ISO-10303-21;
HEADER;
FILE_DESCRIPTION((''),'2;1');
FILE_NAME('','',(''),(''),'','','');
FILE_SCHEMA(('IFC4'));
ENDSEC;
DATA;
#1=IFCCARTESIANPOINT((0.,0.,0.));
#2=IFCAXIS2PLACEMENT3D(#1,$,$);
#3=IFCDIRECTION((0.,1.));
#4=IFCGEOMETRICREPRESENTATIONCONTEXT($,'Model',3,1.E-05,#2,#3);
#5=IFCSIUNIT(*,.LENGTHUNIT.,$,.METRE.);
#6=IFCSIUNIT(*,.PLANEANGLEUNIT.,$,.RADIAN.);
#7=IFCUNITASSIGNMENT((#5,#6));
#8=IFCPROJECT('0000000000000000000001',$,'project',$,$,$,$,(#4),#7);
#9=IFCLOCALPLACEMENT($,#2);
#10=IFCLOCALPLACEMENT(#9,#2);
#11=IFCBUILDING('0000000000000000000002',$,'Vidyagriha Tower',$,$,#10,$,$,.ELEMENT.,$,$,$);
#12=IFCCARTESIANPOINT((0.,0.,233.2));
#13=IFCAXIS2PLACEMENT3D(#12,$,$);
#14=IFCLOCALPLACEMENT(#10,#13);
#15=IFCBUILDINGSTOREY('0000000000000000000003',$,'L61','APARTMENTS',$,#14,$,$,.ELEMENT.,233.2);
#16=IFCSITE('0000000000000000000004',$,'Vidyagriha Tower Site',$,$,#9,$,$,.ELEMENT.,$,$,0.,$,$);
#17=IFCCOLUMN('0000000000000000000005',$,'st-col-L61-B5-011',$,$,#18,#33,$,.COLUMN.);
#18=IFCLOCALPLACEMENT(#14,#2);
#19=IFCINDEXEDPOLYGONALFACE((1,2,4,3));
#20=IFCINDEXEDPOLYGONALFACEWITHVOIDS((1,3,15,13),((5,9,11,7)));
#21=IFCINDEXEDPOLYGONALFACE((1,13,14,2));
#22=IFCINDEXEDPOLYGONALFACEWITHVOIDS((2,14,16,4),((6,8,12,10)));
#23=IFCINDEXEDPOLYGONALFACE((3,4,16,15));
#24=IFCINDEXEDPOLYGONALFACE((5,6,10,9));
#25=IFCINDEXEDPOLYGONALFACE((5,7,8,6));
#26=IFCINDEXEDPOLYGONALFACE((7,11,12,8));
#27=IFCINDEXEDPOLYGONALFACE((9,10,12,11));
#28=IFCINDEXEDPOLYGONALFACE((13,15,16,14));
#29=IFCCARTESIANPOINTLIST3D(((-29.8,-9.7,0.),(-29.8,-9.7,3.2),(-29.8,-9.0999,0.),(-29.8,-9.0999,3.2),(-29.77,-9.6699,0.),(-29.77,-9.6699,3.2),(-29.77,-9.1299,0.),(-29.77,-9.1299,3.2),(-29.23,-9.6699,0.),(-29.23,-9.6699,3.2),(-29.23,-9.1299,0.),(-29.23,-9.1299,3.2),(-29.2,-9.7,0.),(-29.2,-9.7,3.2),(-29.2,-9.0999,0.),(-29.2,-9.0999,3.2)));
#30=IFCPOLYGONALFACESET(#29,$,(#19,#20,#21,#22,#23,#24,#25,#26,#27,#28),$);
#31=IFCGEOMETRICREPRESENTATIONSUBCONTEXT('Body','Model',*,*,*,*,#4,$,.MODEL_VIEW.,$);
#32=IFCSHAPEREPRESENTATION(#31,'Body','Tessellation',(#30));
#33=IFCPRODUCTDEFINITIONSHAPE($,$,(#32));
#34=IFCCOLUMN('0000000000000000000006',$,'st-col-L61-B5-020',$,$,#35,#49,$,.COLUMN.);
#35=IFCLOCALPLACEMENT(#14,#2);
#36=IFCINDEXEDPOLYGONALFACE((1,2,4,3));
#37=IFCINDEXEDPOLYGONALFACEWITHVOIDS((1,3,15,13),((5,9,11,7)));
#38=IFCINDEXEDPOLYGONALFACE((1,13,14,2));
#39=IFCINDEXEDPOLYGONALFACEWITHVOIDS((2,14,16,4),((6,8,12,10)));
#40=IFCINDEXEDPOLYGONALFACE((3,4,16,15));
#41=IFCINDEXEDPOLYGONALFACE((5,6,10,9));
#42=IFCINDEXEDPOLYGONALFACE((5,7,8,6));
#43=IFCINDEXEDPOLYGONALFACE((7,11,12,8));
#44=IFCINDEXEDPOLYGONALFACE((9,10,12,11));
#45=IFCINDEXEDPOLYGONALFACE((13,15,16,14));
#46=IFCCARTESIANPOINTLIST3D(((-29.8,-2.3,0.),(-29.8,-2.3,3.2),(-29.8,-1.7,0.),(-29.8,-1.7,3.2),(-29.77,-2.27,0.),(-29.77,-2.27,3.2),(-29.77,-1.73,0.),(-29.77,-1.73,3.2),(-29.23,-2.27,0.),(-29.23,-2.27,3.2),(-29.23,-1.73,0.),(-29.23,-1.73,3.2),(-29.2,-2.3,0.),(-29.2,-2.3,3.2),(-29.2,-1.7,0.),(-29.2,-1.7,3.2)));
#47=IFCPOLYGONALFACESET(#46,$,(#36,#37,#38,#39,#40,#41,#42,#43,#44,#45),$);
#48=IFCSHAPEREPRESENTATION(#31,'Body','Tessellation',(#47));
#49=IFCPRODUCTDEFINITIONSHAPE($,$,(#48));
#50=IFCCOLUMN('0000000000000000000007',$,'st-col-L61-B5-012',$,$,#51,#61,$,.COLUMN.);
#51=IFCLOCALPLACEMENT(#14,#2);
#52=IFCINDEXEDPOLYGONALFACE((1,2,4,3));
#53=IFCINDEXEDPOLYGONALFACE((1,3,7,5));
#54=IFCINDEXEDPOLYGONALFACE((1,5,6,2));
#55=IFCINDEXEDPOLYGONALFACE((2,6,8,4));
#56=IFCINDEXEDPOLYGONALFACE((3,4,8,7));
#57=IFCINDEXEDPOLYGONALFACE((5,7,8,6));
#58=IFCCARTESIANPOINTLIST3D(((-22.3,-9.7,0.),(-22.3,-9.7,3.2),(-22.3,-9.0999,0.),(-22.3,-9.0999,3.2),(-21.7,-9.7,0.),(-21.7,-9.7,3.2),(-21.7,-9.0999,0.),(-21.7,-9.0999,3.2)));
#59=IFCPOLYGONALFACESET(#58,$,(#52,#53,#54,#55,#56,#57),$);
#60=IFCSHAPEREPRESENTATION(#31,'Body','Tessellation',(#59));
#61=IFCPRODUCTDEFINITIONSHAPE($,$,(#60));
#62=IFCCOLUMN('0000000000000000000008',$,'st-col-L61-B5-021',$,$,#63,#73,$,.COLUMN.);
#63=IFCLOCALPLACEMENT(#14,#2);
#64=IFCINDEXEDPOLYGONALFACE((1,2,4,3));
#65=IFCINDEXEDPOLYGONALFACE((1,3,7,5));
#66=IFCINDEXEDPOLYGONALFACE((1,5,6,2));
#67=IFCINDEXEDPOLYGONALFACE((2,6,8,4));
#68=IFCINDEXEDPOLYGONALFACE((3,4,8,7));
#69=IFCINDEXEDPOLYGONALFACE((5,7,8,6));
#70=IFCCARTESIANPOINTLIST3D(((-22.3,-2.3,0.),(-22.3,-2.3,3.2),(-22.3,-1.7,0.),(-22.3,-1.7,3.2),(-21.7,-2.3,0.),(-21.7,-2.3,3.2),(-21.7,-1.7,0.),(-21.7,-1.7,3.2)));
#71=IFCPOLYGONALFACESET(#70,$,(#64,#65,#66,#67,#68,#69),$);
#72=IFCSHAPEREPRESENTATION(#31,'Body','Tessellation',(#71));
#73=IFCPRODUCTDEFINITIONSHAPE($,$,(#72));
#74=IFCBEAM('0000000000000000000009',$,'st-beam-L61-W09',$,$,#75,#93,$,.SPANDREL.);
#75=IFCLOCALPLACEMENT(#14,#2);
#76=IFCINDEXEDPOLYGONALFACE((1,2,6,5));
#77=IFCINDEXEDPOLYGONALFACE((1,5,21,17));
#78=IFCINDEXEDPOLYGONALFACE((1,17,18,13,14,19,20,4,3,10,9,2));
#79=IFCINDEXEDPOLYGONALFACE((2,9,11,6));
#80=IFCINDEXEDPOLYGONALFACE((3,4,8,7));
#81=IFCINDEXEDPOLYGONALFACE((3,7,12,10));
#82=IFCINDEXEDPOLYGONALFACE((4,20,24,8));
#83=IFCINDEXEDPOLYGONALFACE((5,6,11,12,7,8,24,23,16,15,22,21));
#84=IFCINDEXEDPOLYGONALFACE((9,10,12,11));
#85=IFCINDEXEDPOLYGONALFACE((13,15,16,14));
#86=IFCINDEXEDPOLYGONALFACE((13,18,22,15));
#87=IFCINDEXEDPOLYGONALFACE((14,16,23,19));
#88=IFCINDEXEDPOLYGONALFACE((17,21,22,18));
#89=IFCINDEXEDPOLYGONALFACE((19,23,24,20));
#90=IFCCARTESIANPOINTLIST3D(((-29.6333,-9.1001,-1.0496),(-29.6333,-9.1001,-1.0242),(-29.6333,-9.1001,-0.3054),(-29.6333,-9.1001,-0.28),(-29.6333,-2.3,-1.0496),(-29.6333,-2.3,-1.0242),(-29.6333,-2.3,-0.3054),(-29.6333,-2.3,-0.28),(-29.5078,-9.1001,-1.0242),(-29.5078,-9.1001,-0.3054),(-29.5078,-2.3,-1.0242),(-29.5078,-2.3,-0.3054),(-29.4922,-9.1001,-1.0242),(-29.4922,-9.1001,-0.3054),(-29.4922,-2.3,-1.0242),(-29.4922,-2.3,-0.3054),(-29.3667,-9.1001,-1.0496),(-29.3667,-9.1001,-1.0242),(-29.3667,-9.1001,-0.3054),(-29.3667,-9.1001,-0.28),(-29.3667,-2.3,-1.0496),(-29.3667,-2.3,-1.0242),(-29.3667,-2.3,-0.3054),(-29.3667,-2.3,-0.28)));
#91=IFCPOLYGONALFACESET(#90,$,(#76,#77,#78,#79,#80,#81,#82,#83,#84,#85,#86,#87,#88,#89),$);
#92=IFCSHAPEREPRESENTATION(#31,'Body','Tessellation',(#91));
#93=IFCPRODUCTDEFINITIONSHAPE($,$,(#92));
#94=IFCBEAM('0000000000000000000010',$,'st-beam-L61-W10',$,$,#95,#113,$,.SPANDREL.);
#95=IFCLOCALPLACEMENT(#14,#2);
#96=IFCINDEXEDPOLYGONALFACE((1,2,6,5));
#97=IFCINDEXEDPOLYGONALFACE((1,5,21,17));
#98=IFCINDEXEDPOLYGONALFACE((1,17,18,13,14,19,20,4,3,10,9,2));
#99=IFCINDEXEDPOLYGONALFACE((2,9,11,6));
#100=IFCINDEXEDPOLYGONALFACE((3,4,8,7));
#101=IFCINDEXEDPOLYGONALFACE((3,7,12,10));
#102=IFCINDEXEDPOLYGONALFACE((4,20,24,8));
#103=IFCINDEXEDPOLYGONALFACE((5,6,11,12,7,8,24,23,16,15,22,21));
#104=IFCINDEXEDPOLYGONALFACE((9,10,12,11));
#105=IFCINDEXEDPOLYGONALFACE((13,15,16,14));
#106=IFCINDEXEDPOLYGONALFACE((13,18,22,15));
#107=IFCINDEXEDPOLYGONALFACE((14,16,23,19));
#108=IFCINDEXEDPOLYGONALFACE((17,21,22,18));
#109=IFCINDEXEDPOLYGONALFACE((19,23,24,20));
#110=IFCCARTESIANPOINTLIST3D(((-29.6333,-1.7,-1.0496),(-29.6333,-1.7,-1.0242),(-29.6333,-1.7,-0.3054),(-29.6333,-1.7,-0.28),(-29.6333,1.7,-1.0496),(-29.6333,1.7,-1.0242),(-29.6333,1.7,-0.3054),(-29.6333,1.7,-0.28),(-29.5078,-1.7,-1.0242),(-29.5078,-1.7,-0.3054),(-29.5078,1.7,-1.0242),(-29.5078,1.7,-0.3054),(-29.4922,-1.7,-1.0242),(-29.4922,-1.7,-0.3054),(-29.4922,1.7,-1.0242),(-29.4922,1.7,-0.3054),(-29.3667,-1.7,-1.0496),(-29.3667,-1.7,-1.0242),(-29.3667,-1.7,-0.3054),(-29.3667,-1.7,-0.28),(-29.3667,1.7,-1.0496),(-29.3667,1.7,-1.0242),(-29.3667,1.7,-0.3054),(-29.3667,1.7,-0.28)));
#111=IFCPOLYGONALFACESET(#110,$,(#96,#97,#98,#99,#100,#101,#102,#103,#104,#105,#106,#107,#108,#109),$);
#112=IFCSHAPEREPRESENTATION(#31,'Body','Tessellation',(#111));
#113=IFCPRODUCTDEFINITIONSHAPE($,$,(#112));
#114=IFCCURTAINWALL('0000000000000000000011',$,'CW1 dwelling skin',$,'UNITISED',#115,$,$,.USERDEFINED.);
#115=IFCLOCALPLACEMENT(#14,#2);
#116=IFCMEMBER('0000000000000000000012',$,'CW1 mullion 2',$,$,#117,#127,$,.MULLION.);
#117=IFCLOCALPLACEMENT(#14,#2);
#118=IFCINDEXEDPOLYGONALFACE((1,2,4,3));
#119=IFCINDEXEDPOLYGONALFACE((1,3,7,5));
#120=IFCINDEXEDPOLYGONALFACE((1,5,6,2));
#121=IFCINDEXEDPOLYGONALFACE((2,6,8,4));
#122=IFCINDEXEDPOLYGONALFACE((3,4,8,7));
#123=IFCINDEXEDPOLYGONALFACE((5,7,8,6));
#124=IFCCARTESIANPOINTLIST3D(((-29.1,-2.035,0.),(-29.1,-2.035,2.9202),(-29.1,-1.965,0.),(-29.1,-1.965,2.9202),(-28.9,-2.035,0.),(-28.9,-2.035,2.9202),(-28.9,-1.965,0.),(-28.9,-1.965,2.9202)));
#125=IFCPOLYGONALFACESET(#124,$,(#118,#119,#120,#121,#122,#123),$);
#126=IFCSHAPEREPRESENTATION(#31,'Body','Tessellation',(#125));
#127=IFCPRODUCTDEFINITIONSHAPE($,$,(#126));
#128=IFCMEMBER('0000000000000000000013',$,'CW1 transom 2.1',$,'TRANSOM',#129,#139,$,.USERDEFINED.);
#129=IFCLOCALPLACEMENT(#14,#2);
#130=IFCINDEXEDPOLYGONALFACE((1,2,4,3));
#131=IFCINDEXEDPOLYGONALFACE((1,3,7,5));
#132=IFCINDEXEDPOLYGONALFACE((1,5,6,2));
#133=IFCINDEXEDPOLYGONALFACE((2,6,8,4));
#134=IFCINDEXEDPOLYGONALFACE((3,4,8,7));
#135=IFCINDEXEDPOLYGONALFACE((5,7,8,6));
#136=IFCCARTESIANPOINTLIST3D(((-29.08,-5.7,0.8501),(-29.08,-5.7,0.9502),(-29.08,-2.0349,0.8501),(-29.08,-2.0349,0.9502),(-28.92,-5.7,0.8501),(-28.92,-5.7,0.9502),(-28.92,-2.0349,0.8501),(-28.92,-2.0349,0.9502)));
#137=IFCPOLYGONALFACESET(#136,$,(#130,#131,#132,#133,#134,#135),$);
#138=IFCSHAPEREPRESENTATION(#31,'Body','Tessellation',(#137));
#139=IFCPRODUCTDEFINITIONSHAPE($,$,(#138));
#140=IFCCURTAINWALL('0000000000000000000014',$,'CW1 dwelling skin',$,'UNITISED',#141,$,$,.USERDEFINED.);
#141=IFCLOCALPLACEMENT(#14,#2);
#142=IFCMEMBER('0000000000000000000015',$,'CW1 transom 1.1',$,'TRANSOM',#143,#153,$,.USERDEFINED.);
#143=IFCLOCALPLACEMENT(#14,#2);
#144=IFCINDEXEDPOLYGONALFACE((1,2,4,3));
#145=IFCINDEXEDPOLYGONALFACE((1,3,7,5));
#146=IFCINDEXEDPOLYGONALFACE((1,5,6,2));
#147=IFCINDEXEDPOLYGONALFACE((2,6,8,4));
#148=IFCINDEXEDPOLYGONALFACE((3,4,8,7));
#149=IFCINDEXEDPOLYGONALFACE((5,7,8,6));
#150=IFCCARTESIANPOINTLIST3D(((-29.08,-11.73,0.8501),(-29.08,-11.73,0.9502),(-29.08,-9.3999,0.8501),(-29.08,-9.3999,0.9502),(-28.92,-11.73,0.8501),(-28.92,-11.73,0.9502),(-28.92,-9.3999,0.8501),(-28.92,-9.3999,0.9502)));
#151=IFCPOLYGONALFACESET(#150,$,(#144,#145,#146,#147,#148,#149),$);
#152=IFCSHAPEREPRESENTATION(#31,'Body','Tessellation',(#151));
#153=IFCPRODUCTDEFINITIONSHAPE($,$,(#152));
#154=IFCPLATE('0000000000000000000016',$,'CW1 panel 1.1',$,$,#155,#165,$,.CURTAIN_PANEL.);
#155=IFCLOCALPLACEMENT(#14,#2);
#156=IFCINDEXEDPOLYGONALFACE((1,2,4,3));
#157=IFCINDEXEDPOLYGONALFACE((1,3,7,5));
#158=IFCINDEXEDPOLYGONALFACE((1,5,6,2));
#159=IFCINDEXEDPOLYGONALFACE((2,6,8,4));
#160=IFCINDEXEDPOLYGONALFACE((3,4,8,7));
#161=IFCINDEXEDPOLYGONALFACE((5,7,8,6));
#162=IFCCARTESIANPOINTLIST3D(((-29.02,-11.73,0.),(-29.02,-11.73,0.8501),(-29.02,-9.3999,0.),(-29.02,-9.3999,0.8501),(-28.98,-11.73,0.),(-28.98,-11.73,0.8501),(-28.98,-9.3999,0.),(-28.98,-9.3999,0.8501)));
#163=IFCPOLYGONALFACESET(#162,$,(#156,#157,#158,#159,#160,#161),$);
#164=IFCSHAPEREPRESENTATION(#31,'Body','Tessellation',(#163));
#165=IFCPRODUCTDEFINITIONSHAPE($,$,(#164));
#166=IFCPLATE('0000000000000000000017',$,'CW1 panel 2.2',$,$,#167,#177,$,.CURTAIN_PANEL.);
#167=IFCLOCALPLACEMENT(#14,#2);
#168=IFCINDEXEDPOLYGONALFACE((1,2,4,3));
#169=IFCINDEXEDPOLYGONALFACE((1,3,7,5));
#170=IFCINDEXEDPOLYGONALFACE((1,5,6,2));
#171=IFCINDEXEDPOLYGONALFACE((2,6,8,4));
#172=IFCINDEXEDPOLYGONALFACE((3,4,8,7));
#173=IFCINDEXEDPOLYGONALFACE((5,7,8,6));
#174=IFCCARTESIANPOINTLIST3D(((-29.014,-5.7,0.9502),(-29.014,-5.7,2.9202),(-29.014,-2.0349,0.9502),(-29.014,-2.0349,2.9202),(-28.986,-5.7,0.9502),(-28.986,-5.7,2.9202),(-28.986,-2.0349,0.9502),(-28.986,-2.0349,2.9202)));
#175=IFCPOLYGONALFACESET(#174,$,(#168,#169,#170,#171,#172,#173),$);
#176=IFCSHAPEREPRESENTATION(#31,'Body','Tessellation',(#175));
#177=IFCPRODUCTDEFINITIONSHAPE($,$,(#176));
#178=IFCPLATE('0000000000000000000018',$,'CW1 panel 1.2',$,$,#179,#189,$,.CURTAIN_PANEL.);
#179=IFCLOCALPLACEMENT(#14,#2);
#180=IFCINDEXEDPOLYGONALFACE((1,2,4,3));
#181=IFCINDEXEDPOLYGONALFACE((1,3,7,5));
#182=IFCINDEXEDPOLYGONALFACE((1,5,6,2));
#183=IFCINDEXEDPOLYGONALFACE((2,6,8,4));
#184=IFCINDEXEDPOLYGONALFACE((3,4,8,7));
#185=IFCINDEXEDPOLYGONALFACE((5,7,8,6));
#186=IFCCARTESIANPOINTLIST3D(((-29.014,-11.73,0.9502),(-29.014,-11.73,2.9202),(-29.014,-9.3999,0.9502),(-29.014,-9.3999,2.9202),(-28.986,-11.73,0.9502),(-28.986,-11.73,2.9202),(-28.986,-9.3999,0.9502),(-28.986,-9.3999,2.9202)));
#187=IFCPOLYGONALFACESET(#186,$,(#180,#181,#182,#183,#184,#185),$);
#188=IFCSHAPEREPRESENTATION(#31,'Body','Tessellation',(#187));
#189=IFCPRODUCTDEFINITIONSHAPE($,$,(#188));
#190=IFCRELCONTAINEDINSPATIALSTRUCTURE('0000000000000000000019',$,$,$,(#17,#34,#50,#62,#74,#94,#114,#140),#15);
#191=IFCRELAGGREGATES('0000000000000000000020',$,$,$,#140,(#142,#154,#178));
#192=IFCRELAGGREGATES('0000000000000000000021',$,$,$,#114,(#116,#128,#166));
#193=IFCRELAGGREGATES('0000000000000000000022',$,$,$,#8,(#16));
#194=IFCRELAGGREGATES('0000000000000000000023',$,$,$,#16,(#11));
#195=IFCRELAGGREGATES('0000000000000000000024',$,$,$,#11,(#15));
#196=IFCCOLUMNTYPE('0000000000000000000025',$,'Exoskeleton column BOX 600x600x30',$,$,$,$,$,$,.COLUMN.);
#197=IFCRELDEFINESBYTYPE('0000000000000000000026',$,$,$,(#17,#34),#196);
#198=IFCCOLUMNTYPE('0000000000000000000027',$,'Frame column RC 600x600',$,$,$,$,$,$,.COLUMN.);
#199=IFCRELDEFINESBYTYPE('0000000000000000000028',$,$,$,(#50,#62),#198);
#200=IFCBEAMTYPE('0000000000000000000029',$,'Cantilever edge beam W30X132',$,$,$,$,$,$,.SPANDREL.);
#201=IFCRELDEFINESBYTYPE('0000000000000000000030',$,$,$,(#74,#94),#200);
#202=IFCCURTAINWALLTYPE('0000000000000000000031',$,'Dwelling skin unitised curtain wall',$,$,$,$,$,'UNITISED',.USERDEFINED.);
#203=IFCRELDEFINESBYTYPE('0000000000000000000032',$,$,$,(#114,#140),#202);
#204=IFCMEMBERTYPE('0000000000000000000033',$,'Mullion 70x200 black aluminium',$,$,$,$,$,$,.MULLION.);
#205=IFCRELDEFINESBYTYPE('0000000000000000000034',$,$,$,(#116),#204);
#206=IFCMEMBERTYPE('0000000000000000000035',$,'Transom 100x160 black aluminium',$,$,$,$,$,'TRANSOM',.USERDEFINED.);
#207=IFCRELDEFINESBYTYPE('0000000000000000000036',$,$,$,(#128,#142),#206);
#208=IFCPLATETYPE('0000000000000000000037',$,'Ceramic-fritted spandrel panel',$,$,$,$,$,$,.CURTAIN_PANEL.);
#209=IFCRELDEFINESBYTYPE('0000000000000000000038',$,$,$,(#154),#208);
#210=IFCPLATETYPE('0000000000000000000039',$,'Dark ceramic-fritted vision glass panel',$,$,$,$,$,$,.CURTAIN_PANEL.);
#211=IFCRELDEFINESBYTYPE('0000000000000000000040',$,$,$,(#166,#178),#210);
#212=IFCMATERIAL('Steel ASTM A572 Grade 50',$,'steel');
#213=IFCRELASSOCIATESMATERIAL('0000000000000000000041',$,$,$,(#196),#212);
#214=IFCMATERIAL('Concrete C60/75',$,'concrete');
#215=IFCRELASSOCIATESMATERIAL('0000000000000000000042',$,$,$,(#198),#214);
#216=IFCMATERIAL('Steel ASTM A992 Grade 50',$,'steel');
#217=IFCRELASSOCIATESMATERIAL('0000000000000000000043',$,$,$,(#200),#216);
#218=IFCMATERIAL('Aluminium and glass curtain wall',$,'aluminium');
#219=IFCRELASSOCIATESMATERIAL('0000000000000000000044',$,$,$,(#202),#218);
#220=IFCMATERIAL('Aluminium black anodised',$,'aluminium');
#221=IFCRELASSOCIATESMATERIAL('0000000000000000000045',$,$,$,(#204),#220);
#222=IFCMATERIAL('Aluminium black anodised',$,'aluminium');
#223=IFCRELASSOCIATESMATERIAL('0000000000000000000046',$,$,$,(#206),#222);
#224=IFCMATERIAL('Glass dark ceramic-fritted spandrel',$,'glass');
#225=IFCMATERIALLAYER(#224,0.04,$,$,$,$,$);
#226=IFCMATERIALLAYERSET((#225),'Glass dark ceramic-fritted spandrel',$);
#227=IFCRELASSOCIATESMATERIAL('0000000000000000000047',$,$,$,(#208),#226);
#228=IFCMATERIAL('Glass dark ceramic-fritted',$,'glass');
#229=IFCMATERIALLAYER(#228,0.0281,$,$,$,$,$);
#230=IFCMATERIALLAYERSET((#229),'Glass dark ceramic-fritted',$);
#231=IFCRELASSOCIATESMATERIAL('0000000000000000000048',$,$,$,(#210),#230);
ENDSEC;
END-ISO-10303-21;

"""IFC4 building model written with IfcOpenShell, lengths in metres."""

from ifc_helpers import new_model, si_unit, direction, frame, origin, origin_2d, place, context, subcontext, project, spatial, rectangle, hollow_rectangle, i_section, extrude, material, layer, layer_set, material_profile, profile_set, type_object, element, aggregate, save


model = new_model("IFC4")

# Units and contexts
model_context = context("Model", 3, precision=1e-05, world=origin(), true_north=direction((0.0, 1.0)))
body_context = subcontext(model_context, "Body", "Model", "MODEL_VIEW")
ifc_project = project(units=[si_unit("LENGTHUNIT", "METRE"), si_unit("PLANEANGLEUNIT", "RADIAN")], contexts=[model_context])

# Site, building, storey
site_placement = place(None, origin())
site = spatial("IfcSite", under=ifc_project, at=site_placement, Name="Vidyagriha Tower Site", CompositionType="ELEMENT", RefElevation=0.0)
building_placement = place(site_placement, origin())
building = spatial("IfcBuilding", under=site, at=building_placement, Name="Vidyagriha Tower", CompositionType="ELEMENT")
storey_placement = place(building_placement, frame((0.0, 0.0, 233.2)))
storey = spatial("IfcBuildingStorey", under=building, at=storey_placement, Name="L61", Description="APARTMENTS", CompositionType="ELEMENT", Elevation=233.2)

# Columns
ifc_material_1 = material(Name="Steel ASTM A572 Grade 50", Category="steel")
ifc_material_profile_1 = material_profile(ifc_material_1, hollow_rectangle(XDim=0.6001, YDim=0.6001, WallThickness=0.03, at=origin_2d()), Name="BOX 600x600x30")
ifc_profile_set_1 = profile_set([ifc_material_profile_1], Name="Steel ASTM A572 Grade 50")
column_type_1 = type_object("IfcColumnType", Name="Exoskeleton column BOX 600x600x30", PredefinedType="COLUMN", material=ifc_profile_set_1)
for number, where, name in (
    (1, (-29.5, -9.3999, 0.0), "st-col-L61-B5-011"),
    (2, (-29.5, -2.0, 0.0), "st-col-L61-B5-020"),
):
    element("IfcColumn", number, at=place(storey_placement, frame(where)), inside=storey, type_object=column_type_1, Name=name, PredefinedType="COLUMN", context=body_context, shape_type="SweptSolid", body=[
        extrude(hollow_rectangle(XDim=0.6001, YDim=0.6001, WallThickness=0.03, at=origin_2d()), origin(), (0.0, 0.0, 1.0), 3.2),
    ])
ifc_material_2 = material(Name="Concrete C60/75", Category="concrete")
ifc_material_profile_2 = material_profile(ifc_material_2, rectangle(XDim=0.6001, YDim=0.6001, at=origin_2d()), Name="RC 600x600")
ifc_profile_set_2 = profile_set([ifc_material_profile_2], Name="Concrete C60/75")
column_type_2 = type_object("IfcColumnType", Name="Frame column RC 600x600", PredefinedType="COLUMN", material=ifc_profile_set_2)
for number, where, name in (
    (3, (-22.0, -9.3999, 0.0), "st-col-L61-B5-012"),
    (4, (-22.0, -2.0, 0.0), "st-col-L61-B5-021"),
):
    element("IfcColumn", number, at=place(storey_placement, frame(where)), inside=storey, type_object=column_type_2, Name=name, PredefinedType="COLUMN", context=body_context, shape_type="SweptSolid", body=[
        extrude(rectangle(XDim=0.6001, YDim=0.6001, at=origin_2d()), origin(), (0.0, 0.0, 1.0), 3.2),
    ])

# Beams
ifc_material_3 = material(Name="Steel ASTM A992 Grade 50", Category="steel")
ifc_material_profile_3 = material_profile(ifc_material_3, i_section(OverallWidth=0.2666, OverallDepth=0.7695, WebThickness=0.0156, FlangeThickness=0.0254, at=origin_2d()), Name="W30X132")
ifc_profile_set_3 = profile_set([ifc_material_profile_3], Name="Steel ASTM A992 Grade 50")
beam_type = type_object("IfcBeamType", Name="Cantilever edge beam W30X132", PredefinedType="SPANDREL", material=ifc_profile_set_3)
beam_1_placement = place(storey_placement, frame((-29.5, -9.1001, -0.6648), z_axis=(0.0, 1.0, 0.0), x_axis=(-1.0, 0.0, 0.0)))
element("IfcBeam", 5, at=beam_1_placement, inside=storey, type_object=beam_type, Name="st-beam-L61-W09", PredefinedType="SPANDREL", context=body_context, shape_type="SweptSolid", body=[
    extrude(i_section(OverallWidth=0.2666, OverallDepth=0.7695, WebThickness=0.0156, FlangeThickness=0.0254, at=origin_2d()), origin(), (0.0, 0.0, 1.0), 6.8),
])
beam_2_placement = place(storey_placement, frame((-29.5, -1.7, -0.6648), z_axis=(0.0, 1.0, 0.0), x_axis=(-1.0, 0.0, 0.0)))
element("IfcBeam", 6, at=beam_2_placement, inside=storey, type_object=beam_type, Name="st-beam-L61-W10", PredefinedType="SPANDREL", context=body_context, shape_type="SweptSolid", body=[
    extrude(i_section(OverallWidth=0.2666, OverallDepth=0.7695, WebThickness=0.0156, FlangeThickness=0.0254, at=origin_2d()), origin(), (0.0, 0.0, 1.0), 3.3999),
])

# Curtain wall, members
ifc_material_4 = material(Name="Aluminium and glass curtain wall", Category="aluminium")
curtain_wall_type = type_object("IfcCurtainWallType", Name="Dwelling skin unitised curtain wall", ElementType="UNITISED", PredefinedType="USERDEFINED", material=ifc_material_4)
curtain_wall_1_placement = place(storey_placement, origin())
curtain_wall_1 = element("IfcCurtainWall", 7, at=curtain_wall_1_placement, inside=storey, type_object=curtain_wall_type, Name="CW1 dwelling skin", ObjectType="UNITISED", PredefinedType="USERDEFINED")
ifc_material_5 = material(Name="Aluminium black anodised", Category="aluminium")
ifc_material_profile_4 = material_profile(ifc_material_5, rectangle(XDim=0.2, YDim=0.0701, at=origin_2d()), Name="Mullion 70x200 black aluminium")
ifc_profile_set_4 = profile_set([ifc_material_profile_4], Name="Aluminium black anodised")
member_type_1 = type_object("IfcMemberType", Name="Mullion 70x200 black aluminium", PredefinedType="MULLION", material=ifc_profile_set_4)
member_1_placement = place(storey_placement, frame((-29.0, -2.0, 0.0)))
member_1 = element("IfcMember", 8, at=member_1_placement, type_object=member_type_1, Name="CW1 mullion 2", PredefinedType="MULLION", context=body_context, shape_type="SweptSolid", body=[
    extrude(rectangle(XDim=0.2, YDim=0.0701, at=origin_2d()), origin(), (0.0, 0.0, 1.0), 2.9202),
])
ifc_material_6 = material(Name="Aluminium black anodised", Category="aluminium")
ifc_material_profile_5 = material_profile(ifc_material_6, rectangle(XDim=0.1599, YDim=0.1001, at=origin_2d()), Name="Transom 100x160 black aluminium")
ifc_profile_set_5 = profile_set([ifc_material_profile_5], Name="Aluminium black anodised")
member_type_2 = type_object("IfcMemberType", Name="Transom 100x160 black aluminium", ElementType="TRANSOM", PredefinedType="USERDEFINED", material=ifc_profile_set_5)
member_2_placement = place(storey_placement, frame((-29.0, -2.0349, 0.9001), z_axis=(0.0, -1.0, 0.0), x_axis=(1.0, 0.0, 0.0)))
member_2 = element("IfcMember", 9, at=member_2_placement, type_object=member_type_2, Name="CW1 transom 2.1", ObjectType="TRANSOM", PredefinedType="USERDEFINED", context=body_context, shape_type="SweptSolid", body=[
    extrude(rectangle(XDim=0.1599, YDim=0.1001, at=origin_2d()), origin(), (0.0, 0.0, 1.0), 3.665),
])

# Curtain wall, member, plate
curtain_wall_2_placement = place(storey_placement, origin())
curtain_wall_2 = element("IfcCurtainWall", 10, at=curtain_wall_2_placement, inside=storey, type_object=curtain_wall_type, Name="CW1 dwelling skin", ObjectType="UNITISED", PredefinedType="USERDEFINED")
member_3_placement = place(storey_placement, frame((-29.0, -9.3999, 0.9001), z_axis=(0.0, -1.0, 0.0), x_axis=(1.0, 0.0, 0.0)))
member_3 = element("IfcMember", 11, at=member_3_placement, type_object=member_type_2, Name="CW1 transom 1.1", ObjectType="TRANSOM", PredefinedType="USERDEFINED", context=body_context, shape_type="SweptSolid", body=[
    extrude(rectangle(XDim=0.1599, YDim=0.1001, at=origin_2d()), origin(), (0.0, 0.0, 1.0), 2.3301),
])
ifc_material_7 = material(Name="Glass dark ceramic-fritted spandrel", Category="glass")
ifc_layer_1 = layer(ifc_material_7, 0.04)
ifc_layer_set_1 = layer_set([ifc_layer_1], Name="Glass dark ceramic-fritted spandrel")
plate_type_1 = type_object("IfcPlateType", Name="Ceramic-fritted spandrel panel", PredefinedType="CURTAIN_PANEL", material=ifc_layer_set_1)
plate_1_placement = place(storey_placement, frame((-29.0, -10.5649, 0.0), z_axis=(0.0, 0.0, 1.0), x_axis=(0.0, -1.0, 0.0)))
plate_1 = element("IfcPlate", 12, at=plate_1_placement, type_object=plate_type_1, Name="CW1 panel 1.1", PredefinedType="CURTAIN_PANEL", context=body_context, shape_type="SweptSolid", body=[
    extrude(rectangle(XDim=2.3301, YDim=0.04, at=origin_2d()), origin(), (0.0, 0.0, 1.0), 0.8501),
])

# Plates
ifc_material_8 = material(Name="Glass dark ceramic-fritted", Category="glass")
ifc_layer_2 = layer(ifc_material_8, 0.0281)
ifc_layer_set_2 = layer_set([ifc_layer_2], Name="Glass dark ceramic-fritted")
plate_type_2 = type_object("IfcPlateType", Name="Dark ceramic-fritted vision glass panel", PredefinedType="CURTAIN_PANEL", material=ifc_layer_set_2)
plate_2_placement = place(storey_placement, frame((-29.0, -3.8674, 0.9502), z_axis=(0.0, 0.0, 1.0), x_axis=(0.0, -1.0, 0.0)))
plate_2 = element("IfcPlate", 13, at=plate_2_placement, type_object=plate_type_2, Name="CW1 panel 2.2", PredefinedType="CURTAIN_PANEL", context=body_context, shape_type="SweptSolid", body=[
    extrude(rectangle(XDim=3.665, YDim=0.0281, at=origin_2d()), origin(), (0.0, 0.0, 1.0), 1.97),
])
plate_3_placement = place(storey_placement, frame((-29.0, -10.5649, 0.9502), z_axis=(0.0, 0.0, 1.0), x_axis=(0.0, -1.0, 0.0)))
plate_3 = element("IfcPlate", 14, at=plate_3_placement, type_object=plate_type_2, Name="CW1 panel 1.2", PredefinedType="CURTAIN_PANEL", context=body_context, shape_type="SweptSolid", body=[
    extrude(rectangle(XDim=2.3301, YDim=0.0281, at=origin_2d()), origin(), (0.0, 0.0, 1.0), 1.97),
])
aggregate(curtain_wall_2, [member_3, plate_1, plate_3])
aggregate(curtain_wall_1, [member_1, member_2, plate_2])

save(model, "model.ifc")
